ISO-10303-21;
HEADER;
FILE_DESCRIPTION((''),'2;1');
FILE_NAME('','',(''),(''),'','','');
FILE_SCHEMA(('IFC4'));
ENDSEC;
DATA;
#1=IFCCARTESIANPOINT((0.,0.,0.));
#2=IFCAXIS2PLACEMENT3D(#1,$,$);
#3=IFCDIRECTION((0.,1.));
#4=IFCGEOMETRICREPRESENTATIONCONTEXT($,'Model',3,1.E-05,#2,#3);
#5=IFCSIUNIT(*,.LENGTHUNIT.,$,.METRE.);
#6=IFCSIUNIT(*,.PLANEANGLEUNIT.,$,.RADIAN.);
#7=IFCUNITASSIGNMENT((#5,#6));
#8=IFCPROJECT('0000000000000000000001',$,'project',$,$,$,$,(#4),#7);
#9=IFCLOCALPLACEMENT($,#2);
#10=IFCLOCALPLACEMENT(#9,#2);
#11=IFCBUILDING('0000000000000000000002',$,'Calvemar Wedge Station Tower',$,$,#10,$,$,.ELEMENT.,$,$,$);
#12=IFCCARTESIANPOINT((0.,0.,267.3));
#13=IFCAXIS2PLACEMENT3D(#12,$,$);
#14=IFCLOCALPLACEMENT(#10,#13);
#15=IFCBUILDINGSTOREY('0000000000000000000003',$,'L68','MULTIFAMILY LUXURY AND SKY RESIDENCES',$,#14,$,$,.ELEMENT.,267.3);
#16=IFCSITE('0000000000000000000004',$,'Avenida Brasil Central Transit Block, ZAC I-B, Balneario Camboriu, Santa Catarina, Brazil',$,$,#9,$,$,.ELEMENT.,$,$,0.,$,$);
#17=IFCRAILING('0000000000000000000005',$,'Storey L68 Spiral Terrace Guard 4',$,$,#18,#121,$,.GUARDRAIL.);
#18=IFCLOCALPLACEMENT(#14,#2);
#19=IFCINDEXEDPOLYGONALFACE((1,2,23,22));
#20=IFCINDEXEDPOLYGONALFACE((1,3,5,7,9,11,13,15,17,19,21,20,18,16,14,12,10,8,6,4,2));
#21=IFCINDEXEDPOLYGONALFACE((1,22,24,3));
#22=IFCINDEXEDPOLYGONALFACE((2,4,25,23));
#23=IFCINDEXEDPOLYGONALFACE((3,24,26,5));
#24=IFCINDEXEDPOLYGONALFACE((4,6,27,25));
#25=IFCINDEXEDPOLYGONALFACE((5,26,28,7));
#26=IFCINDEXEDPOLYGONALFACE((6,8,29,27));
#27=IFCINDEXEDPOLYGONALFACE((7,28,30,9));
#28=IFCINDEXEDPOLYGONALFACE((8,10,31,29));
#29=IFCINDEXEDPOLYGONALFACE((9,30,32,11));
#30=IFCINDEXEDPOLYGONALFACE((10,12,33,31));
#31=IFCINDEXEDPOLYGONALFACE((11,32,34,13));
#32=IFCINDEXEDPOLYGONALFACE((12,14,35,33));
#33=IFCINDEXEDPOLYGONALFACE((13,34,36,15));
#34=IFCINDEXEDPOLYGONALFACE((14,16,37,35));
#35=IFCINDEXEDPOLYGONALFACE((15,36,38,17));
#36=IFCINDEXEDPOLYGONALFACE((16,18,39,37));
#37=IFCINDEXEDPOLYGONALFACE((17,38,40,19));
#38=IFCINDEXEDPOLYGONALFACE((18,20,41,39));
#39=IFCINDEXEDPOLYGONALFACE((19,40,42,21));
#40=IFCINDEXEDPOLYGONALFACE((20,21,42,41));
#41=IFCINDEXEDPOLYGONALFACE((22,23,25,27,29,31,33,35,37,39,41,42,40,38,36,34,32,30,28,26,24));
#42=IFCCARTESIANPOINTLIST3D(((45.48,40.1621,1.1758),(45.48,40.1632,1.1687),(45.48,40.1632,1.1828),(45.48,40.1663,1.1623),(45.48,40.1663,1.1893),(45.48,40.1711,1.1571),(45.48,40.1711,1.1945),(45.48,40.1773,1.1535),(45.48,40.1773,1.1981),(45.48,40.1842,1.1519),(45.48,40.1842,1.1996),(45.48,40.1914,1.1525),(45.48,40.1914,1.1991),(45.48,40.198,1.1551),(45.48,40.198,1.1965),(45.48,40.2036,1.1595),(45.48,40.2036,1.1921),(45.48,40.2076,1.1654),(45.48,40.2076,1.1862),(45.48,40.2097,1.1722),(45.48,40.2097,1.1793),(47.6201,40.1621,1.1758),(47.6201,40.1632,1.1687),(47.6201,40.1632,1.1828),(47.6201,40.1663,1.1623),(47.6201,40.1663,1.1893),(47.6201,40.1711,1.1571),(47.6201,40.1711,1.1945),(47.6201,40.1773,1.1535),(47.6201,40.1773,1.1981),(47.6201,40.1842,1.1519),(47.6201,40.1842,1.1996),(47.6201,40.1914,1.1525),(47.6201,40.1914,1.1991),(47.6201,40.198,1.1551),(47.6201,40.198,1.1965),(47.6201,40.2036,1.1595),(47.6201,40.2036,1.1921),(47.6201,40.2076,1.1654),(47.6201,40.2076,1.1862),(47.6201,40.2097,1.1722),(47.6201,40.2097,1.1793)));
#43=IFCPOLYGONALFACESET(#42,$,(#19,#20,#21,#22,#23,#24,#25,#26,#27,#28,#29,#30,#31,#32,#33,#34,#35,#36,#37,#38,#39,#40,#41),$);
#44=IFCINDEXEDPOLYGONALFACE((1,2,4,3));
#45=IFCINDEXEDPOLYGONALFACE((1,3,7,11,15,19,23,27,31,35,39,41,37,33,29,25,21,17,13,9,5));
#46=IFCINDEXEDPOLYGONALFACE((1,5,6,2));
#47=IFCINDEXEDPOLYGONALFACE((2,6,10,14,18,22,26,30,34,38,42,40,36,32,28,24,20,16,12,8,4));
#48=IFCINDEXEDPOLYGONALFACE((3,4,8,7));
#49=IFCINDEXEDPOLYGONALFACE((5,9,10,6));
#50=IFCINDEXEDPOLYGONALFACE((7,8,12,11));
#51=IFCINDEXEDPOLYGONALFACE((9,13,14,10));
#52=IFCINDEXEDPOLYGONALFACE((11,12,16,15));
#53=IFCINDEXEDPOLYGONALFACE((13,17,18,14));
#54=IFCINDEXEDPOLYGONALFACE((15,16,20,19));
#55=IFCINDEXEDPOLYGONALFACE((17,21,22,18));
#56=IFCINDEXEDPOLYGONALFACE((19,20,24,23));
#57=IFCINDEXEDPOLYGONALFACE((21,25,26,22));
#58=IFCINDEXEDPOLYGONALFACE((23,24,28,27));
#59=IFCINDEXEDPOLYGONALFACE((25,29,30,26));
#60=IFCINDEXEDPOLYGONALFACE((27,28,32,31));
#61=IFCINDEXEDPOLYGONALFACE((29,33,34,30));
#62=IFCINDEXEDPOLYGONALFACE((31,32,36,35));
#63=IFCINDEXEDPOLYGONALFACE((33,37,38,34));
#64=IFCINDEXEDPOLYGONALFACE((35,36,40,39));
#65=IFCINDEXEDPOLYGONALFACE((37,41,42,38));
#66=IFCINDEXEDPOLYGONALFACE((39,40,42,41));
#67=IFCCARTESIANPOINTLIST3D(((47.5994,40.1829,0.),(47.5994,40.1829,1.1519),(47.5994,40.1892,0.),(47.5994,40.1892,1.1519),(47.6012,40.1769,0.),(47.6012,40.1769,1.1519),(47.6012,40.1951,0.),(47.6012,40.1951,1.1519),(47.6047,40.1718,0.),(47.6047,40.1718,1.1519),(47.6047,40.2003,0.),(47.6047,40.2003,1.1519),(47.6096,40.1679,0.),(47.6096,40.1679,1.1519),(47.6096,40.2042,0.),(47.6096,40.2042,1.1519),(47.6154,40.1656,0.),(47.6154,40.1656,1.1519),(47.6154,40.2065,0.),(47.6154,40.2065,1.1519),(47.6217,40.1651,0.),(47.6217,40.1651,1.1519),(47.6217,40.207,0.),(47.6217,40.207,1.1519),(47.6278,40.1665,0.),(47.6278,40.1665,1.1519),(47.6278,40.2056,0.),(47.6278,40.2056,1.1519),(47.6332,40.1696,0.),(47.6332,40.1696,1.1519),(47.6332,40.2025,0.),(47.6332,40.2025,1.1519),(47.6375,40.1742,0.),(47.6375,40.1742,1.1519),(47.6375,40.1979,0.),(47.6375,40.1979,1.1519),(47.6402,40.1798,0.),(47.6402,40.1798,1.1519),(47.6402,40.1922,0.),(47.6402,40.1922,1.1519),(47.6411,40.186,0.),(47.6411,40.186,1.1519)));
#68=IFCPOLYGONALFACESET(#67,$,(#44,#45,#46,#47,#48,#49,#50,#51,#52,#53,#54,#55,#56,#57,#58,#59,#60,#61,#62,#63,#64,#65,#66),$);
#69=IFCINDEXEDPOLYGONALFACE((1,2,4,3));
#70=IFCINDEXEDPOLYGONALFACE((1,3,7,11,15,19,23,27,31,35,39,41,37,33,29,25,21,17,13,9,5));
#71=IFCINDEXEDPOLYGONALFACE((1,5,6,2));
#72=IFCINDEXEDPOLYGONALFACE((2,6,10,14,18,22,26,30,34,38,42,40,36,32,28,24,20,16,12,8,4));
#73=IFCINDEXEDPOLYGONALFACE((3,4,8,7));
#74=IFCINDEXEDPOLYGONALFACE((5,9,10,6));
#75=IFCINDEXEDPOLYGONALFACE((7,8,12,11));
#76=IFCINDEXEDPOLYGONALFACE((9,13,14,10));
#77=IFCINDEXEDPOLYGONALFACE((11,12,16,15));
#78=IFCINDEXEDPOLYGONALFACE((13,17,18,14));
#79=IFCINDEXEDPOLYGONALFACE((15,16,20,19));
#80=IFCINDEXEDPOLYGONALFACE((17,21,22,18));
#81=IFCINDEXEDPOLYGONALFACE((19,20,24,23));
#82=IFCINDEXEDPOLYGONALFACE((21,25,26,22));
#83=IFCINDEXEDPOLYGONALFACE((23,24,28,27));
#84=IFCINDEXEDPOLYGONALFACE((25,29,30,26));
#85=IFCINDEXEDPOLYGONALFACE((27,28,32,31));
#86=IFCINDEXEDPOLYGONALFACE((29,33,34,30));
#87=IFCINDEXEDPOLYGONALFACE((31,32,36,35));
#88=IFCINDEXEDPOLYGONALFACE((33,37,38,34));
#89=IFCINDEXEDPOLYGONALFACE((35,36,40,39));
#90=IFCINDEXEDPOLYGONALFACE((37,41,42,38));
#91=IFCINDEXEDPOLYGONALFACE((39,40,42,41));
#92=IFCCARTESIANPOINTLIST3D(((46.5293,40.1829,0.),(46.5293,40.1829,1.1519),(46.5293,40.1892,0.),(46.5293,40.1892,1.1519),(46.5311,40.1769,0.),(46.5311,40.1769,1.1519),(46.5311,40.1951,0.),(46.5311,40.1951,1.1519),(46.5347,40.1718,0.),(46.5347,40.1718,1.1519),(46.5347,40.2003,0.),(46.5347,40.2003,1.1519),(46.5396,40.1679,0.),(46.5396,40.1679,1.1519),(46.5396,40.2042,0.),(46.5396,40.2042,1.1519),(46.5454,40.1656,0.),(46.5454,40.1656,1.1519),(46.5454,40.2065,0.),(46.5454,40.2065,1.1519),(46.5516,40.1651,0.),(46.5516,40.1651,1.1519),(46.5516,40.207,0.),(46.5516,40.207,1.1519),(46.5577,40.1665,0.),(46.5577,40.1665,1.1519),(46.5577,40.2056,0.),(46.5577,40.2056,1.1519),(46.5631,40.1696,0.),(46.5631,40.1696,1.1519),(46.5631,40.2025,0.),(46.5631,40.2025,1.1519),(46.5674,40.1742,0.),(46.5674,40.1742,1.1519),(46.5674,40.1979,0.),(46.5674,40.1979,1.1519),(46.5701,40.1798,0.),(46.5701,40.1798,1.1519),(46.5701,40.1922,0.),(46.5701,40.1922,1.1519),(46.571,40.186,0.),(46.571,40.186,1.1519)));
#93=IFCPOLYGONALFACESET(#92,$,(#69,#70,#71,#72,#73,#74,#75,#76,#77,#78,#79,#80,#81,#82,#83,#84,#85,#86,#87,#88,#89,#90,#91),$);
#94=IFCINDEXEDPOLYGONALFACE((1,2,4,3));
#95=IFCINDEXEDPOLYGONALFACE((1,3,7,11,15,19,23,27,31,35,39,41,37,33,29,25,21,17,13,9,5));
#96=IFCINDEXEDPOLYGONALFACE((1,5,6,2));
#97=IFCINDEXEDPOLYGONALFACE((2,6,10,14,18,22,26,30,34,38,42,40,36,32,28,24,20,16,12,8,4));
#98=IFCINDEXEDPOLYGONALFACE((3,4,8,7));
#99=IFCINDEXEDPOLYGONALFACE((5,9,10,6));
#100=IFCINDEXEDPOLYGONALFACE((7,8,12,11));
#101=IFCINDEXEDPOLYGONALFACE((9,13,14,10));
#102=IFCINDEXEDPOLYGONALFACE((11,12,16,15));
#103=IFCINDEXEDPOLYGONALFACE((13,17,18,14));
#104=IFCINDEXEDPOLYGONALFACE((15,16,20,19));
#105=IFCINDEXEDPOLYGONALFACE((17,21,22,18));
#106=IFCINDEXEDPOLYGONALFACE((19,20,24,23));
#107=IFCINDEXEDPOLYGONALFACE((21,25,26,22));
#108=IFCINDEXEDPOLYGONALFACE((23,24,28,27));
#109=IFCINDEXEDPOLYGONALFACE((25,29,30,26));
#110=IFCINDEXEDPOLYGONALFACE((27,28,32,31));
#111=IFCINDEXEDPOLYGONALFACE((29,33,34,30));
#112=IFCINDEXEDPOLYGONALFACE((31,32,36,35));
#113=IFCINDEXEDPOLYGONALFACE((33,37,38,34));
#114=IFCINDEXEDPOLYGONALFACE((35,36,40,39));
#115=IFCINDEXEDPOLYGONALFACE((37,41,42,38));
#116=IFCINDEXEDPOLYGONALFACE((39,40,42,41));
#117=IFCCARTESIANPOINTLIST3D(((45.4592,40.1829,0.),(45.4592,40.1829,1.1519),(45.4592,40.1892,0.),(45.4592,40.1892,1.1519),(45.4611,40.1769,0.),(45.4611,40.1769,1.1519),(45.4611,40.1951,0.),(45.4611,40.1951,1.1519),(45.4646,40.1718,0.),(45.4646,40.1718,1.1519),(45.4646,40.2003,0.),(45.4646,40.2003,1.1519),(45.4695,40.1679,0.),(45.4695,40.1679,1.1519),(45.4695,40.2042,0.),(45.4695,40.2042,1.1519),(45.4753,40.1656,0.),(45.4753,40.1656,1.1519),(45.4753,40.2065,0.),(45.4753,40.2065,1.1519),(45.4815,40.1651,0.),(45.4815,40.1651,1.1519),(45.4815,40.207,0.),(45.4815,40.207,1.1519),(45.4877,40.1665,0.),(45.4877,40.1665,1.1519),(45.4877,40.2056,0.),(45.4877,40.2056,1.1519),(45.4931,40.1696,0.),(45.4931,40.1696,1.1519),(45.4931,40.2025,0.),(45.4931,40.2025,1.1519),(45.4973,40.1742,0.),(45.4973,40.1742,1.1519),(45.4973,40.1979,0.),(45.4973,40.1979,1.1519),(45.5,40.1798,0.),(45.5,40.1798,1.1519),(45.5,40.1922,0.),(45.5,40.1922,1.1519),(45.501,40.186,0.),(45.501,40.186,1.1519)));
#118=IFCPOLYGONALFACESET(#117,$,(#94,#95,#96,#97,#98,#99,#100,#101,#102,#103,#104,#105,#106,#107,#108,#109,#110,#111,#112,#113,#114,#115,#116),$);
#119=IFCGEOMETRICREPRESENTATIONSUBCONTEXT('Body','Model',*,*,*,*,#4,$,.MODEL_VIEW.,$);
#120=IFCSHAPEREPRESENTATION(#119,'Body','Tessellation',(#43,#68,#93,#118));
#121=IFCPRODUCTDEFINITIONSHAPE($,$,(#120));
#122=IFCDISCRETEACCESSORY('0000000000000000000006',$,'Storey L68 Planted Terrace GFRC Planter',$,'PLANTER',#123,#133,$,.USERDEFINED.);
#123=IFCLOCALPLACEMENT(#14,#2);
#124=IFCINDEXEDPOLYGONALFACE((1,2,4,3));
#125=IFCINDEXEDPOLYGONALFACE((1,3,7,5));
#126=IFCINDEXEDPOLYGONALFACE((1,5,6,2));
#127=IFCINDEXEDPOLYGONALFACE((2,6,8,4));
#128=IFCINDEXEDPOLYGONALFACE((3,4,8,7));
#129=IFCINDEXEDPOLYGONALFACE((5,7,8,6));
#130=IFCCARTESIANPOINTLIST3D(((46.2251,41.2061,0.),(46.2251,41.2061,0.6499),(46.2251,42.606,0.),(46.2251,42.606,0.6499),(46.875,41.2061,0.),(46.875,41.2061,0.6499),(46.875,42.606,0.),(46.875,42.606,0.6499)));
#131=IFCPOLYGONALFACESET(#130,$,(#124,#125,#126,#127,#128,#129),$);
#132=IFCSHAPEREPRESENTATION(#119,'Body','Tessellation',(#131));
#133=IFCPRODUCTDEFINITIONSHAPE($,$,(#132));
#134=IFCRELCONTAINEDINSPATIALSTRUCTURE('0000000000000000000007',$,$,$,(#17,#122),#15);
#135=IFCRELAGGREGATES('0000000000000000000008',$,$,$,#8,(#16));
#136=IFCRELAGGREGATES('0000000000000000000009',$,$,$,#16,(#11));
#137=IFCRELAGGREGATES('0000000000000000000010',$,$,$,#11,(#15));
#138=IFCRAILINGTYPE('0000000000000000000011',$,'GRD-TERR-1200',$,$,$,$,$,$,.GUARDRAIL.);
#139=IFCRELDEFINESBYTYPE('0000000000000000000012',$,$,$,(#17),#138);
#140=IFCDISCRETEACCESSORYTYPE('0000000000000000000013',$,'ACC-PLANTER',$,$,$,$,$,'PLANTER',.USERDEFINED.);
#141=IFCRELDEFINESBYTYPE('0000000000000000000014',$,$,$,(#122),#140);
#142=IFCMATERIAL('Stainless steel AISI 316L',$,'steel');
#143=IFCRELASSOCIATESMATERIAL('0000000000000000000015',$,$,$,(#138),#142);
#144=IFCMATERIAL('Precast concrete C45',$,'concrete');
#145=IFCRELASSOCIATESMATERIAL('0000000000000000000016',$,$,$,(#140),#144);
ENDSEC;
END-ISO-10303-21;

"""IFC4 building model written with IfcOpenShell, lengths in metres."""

from ifc_helpers import new_model, si_unit, direction, frame, origin, origin_2d, place, context, subcontext, project, spatial, rectangle, circle, extrude, source, transform, mapped, material, type_object, element, save


model = new_model("IFC4")

# Units and contexts
model_context = context("Model", 3, precision=1e-05, world=origin(), true_north=direction((0.0, 1.0)))
body_context = subcontext(model_context, "Body", "Model", "MODEL_VIEW")
ifc_project = project(units=[si_unit("LENGTHUNIT", "METRE"), si_unit("PLANEANGLEUNIT", "RADIAN")], contexts=[model_context])

# Site, building, storey
site_placement = place(None, origin())
site = spatial("IfcSite", under=ifc_project, at=site_placement, Name="Avenida Brasil Central Transit Block, ZAC I-B, Balneario Camboriu, Santa Catarina, Brazil", CompositionType="ELEMENT", RefElevation=0.0)
building_placement = place(site_placement, origin())
building = spatial("IfcBuilding", under=site, at=building_placement, Name="Calvemar Wedge Station Tower", CompositionType="ELEMENT")
storey_placement = place(building_placement, frame((0.0, 0.0, 267.3)))
storey = spatial("IfcBuildingStorey", under=building, at=storey_placement, Name="L68", Description="MULTIFAMILY LUXURY AND SKY RESIDENCES", CompositionType="ELEMENT", Elevation=267.3)

# Shared definitions
ifc_material_1 = material(Name="Precast concrete C45", Category="concrete")

# Railing
ifc_material_2 = material(Name="Stainless steel AISI 316L", Category="steel")
railing_type = type_object("IfcRailingType", Name="GRD-TERR-1200", PredefinedType="GUARDRAIL", material=ifc_material_2)
railing_1_placement = place(storey_placement, frame((47.6201, 40.186, 0.0)))
element("IfcRailing", 1, at=railing_1_placement, inside=storey, type_object=railing_type, Name="Storey L68 Spiral Terrace Guard 4", PredefinedType="GUARDRAIL", context=body_context, shape_type="SweptSolid", body=[
    extrude(circle(Radius=0.0239, at=origin_2d()), frame((0.0, 0.0, 1.1758), z_axis=(-1.0, 0.0, 0.0), x_axis=(0.0, -1.0, 0.0)), (0.0, 0.0, 1.0), 2.1401),
    extrude(circle(Radius=0.021, at=origin_2d()), origin(), (0.0, 0.0, 1.0), 1.1519),
    extrude(circle(Radius=0.021, at=origin_2d()), frame((-1.0701, 0.0, 0.0)), (0.0, 0.0, 1.0), 1.1519),
    extrude(circle(Radius=0.021, at=origin_2d()), frame((-2.1401, 0.0, 0.0)), (0.0, 0.0, 1.0), 1.1519),
])

# Discrete accessory
discrete_accessory_type = type_object("IfcDiscreteAccessoryType", Name="ACC-PLANTER", ElementType="PLANTER", PredefinedType="USERDEFINED", material=ifc_material_1)
shared_shape_1 = source(origin(), body_context, "Body", "SweptSolid", [
    extrude(rectangle(XDim=0.6499, YDim=1.3999, at=origin_2d()), origin(), (0.0, 0.0, 1.0), 0.6499),
])
discrete_accessory_placement = place(storey_placement, frame((46.55, 41.906, 0.0), z_axis=(0.0, 0.0, 1.0), x_axis=(1.0, 0.0, 0.0)))
element("IfcDiscreteAccessory", 2, at=discrete_accessory_placement, inside=storey, type_object=discrete_accessory_type, Name="Storey L68 Planted Terrace GFRC Planter", ObjectType="PLANTER", PredefinedType="USERDEFINED", context=body_context, shape_type="MappedRepresentation", body=[
    mapped(shared_shape_1, transform((0.0, 0.0, 0.0), scale=1.0)),
])

save(model, "model.ifc")
